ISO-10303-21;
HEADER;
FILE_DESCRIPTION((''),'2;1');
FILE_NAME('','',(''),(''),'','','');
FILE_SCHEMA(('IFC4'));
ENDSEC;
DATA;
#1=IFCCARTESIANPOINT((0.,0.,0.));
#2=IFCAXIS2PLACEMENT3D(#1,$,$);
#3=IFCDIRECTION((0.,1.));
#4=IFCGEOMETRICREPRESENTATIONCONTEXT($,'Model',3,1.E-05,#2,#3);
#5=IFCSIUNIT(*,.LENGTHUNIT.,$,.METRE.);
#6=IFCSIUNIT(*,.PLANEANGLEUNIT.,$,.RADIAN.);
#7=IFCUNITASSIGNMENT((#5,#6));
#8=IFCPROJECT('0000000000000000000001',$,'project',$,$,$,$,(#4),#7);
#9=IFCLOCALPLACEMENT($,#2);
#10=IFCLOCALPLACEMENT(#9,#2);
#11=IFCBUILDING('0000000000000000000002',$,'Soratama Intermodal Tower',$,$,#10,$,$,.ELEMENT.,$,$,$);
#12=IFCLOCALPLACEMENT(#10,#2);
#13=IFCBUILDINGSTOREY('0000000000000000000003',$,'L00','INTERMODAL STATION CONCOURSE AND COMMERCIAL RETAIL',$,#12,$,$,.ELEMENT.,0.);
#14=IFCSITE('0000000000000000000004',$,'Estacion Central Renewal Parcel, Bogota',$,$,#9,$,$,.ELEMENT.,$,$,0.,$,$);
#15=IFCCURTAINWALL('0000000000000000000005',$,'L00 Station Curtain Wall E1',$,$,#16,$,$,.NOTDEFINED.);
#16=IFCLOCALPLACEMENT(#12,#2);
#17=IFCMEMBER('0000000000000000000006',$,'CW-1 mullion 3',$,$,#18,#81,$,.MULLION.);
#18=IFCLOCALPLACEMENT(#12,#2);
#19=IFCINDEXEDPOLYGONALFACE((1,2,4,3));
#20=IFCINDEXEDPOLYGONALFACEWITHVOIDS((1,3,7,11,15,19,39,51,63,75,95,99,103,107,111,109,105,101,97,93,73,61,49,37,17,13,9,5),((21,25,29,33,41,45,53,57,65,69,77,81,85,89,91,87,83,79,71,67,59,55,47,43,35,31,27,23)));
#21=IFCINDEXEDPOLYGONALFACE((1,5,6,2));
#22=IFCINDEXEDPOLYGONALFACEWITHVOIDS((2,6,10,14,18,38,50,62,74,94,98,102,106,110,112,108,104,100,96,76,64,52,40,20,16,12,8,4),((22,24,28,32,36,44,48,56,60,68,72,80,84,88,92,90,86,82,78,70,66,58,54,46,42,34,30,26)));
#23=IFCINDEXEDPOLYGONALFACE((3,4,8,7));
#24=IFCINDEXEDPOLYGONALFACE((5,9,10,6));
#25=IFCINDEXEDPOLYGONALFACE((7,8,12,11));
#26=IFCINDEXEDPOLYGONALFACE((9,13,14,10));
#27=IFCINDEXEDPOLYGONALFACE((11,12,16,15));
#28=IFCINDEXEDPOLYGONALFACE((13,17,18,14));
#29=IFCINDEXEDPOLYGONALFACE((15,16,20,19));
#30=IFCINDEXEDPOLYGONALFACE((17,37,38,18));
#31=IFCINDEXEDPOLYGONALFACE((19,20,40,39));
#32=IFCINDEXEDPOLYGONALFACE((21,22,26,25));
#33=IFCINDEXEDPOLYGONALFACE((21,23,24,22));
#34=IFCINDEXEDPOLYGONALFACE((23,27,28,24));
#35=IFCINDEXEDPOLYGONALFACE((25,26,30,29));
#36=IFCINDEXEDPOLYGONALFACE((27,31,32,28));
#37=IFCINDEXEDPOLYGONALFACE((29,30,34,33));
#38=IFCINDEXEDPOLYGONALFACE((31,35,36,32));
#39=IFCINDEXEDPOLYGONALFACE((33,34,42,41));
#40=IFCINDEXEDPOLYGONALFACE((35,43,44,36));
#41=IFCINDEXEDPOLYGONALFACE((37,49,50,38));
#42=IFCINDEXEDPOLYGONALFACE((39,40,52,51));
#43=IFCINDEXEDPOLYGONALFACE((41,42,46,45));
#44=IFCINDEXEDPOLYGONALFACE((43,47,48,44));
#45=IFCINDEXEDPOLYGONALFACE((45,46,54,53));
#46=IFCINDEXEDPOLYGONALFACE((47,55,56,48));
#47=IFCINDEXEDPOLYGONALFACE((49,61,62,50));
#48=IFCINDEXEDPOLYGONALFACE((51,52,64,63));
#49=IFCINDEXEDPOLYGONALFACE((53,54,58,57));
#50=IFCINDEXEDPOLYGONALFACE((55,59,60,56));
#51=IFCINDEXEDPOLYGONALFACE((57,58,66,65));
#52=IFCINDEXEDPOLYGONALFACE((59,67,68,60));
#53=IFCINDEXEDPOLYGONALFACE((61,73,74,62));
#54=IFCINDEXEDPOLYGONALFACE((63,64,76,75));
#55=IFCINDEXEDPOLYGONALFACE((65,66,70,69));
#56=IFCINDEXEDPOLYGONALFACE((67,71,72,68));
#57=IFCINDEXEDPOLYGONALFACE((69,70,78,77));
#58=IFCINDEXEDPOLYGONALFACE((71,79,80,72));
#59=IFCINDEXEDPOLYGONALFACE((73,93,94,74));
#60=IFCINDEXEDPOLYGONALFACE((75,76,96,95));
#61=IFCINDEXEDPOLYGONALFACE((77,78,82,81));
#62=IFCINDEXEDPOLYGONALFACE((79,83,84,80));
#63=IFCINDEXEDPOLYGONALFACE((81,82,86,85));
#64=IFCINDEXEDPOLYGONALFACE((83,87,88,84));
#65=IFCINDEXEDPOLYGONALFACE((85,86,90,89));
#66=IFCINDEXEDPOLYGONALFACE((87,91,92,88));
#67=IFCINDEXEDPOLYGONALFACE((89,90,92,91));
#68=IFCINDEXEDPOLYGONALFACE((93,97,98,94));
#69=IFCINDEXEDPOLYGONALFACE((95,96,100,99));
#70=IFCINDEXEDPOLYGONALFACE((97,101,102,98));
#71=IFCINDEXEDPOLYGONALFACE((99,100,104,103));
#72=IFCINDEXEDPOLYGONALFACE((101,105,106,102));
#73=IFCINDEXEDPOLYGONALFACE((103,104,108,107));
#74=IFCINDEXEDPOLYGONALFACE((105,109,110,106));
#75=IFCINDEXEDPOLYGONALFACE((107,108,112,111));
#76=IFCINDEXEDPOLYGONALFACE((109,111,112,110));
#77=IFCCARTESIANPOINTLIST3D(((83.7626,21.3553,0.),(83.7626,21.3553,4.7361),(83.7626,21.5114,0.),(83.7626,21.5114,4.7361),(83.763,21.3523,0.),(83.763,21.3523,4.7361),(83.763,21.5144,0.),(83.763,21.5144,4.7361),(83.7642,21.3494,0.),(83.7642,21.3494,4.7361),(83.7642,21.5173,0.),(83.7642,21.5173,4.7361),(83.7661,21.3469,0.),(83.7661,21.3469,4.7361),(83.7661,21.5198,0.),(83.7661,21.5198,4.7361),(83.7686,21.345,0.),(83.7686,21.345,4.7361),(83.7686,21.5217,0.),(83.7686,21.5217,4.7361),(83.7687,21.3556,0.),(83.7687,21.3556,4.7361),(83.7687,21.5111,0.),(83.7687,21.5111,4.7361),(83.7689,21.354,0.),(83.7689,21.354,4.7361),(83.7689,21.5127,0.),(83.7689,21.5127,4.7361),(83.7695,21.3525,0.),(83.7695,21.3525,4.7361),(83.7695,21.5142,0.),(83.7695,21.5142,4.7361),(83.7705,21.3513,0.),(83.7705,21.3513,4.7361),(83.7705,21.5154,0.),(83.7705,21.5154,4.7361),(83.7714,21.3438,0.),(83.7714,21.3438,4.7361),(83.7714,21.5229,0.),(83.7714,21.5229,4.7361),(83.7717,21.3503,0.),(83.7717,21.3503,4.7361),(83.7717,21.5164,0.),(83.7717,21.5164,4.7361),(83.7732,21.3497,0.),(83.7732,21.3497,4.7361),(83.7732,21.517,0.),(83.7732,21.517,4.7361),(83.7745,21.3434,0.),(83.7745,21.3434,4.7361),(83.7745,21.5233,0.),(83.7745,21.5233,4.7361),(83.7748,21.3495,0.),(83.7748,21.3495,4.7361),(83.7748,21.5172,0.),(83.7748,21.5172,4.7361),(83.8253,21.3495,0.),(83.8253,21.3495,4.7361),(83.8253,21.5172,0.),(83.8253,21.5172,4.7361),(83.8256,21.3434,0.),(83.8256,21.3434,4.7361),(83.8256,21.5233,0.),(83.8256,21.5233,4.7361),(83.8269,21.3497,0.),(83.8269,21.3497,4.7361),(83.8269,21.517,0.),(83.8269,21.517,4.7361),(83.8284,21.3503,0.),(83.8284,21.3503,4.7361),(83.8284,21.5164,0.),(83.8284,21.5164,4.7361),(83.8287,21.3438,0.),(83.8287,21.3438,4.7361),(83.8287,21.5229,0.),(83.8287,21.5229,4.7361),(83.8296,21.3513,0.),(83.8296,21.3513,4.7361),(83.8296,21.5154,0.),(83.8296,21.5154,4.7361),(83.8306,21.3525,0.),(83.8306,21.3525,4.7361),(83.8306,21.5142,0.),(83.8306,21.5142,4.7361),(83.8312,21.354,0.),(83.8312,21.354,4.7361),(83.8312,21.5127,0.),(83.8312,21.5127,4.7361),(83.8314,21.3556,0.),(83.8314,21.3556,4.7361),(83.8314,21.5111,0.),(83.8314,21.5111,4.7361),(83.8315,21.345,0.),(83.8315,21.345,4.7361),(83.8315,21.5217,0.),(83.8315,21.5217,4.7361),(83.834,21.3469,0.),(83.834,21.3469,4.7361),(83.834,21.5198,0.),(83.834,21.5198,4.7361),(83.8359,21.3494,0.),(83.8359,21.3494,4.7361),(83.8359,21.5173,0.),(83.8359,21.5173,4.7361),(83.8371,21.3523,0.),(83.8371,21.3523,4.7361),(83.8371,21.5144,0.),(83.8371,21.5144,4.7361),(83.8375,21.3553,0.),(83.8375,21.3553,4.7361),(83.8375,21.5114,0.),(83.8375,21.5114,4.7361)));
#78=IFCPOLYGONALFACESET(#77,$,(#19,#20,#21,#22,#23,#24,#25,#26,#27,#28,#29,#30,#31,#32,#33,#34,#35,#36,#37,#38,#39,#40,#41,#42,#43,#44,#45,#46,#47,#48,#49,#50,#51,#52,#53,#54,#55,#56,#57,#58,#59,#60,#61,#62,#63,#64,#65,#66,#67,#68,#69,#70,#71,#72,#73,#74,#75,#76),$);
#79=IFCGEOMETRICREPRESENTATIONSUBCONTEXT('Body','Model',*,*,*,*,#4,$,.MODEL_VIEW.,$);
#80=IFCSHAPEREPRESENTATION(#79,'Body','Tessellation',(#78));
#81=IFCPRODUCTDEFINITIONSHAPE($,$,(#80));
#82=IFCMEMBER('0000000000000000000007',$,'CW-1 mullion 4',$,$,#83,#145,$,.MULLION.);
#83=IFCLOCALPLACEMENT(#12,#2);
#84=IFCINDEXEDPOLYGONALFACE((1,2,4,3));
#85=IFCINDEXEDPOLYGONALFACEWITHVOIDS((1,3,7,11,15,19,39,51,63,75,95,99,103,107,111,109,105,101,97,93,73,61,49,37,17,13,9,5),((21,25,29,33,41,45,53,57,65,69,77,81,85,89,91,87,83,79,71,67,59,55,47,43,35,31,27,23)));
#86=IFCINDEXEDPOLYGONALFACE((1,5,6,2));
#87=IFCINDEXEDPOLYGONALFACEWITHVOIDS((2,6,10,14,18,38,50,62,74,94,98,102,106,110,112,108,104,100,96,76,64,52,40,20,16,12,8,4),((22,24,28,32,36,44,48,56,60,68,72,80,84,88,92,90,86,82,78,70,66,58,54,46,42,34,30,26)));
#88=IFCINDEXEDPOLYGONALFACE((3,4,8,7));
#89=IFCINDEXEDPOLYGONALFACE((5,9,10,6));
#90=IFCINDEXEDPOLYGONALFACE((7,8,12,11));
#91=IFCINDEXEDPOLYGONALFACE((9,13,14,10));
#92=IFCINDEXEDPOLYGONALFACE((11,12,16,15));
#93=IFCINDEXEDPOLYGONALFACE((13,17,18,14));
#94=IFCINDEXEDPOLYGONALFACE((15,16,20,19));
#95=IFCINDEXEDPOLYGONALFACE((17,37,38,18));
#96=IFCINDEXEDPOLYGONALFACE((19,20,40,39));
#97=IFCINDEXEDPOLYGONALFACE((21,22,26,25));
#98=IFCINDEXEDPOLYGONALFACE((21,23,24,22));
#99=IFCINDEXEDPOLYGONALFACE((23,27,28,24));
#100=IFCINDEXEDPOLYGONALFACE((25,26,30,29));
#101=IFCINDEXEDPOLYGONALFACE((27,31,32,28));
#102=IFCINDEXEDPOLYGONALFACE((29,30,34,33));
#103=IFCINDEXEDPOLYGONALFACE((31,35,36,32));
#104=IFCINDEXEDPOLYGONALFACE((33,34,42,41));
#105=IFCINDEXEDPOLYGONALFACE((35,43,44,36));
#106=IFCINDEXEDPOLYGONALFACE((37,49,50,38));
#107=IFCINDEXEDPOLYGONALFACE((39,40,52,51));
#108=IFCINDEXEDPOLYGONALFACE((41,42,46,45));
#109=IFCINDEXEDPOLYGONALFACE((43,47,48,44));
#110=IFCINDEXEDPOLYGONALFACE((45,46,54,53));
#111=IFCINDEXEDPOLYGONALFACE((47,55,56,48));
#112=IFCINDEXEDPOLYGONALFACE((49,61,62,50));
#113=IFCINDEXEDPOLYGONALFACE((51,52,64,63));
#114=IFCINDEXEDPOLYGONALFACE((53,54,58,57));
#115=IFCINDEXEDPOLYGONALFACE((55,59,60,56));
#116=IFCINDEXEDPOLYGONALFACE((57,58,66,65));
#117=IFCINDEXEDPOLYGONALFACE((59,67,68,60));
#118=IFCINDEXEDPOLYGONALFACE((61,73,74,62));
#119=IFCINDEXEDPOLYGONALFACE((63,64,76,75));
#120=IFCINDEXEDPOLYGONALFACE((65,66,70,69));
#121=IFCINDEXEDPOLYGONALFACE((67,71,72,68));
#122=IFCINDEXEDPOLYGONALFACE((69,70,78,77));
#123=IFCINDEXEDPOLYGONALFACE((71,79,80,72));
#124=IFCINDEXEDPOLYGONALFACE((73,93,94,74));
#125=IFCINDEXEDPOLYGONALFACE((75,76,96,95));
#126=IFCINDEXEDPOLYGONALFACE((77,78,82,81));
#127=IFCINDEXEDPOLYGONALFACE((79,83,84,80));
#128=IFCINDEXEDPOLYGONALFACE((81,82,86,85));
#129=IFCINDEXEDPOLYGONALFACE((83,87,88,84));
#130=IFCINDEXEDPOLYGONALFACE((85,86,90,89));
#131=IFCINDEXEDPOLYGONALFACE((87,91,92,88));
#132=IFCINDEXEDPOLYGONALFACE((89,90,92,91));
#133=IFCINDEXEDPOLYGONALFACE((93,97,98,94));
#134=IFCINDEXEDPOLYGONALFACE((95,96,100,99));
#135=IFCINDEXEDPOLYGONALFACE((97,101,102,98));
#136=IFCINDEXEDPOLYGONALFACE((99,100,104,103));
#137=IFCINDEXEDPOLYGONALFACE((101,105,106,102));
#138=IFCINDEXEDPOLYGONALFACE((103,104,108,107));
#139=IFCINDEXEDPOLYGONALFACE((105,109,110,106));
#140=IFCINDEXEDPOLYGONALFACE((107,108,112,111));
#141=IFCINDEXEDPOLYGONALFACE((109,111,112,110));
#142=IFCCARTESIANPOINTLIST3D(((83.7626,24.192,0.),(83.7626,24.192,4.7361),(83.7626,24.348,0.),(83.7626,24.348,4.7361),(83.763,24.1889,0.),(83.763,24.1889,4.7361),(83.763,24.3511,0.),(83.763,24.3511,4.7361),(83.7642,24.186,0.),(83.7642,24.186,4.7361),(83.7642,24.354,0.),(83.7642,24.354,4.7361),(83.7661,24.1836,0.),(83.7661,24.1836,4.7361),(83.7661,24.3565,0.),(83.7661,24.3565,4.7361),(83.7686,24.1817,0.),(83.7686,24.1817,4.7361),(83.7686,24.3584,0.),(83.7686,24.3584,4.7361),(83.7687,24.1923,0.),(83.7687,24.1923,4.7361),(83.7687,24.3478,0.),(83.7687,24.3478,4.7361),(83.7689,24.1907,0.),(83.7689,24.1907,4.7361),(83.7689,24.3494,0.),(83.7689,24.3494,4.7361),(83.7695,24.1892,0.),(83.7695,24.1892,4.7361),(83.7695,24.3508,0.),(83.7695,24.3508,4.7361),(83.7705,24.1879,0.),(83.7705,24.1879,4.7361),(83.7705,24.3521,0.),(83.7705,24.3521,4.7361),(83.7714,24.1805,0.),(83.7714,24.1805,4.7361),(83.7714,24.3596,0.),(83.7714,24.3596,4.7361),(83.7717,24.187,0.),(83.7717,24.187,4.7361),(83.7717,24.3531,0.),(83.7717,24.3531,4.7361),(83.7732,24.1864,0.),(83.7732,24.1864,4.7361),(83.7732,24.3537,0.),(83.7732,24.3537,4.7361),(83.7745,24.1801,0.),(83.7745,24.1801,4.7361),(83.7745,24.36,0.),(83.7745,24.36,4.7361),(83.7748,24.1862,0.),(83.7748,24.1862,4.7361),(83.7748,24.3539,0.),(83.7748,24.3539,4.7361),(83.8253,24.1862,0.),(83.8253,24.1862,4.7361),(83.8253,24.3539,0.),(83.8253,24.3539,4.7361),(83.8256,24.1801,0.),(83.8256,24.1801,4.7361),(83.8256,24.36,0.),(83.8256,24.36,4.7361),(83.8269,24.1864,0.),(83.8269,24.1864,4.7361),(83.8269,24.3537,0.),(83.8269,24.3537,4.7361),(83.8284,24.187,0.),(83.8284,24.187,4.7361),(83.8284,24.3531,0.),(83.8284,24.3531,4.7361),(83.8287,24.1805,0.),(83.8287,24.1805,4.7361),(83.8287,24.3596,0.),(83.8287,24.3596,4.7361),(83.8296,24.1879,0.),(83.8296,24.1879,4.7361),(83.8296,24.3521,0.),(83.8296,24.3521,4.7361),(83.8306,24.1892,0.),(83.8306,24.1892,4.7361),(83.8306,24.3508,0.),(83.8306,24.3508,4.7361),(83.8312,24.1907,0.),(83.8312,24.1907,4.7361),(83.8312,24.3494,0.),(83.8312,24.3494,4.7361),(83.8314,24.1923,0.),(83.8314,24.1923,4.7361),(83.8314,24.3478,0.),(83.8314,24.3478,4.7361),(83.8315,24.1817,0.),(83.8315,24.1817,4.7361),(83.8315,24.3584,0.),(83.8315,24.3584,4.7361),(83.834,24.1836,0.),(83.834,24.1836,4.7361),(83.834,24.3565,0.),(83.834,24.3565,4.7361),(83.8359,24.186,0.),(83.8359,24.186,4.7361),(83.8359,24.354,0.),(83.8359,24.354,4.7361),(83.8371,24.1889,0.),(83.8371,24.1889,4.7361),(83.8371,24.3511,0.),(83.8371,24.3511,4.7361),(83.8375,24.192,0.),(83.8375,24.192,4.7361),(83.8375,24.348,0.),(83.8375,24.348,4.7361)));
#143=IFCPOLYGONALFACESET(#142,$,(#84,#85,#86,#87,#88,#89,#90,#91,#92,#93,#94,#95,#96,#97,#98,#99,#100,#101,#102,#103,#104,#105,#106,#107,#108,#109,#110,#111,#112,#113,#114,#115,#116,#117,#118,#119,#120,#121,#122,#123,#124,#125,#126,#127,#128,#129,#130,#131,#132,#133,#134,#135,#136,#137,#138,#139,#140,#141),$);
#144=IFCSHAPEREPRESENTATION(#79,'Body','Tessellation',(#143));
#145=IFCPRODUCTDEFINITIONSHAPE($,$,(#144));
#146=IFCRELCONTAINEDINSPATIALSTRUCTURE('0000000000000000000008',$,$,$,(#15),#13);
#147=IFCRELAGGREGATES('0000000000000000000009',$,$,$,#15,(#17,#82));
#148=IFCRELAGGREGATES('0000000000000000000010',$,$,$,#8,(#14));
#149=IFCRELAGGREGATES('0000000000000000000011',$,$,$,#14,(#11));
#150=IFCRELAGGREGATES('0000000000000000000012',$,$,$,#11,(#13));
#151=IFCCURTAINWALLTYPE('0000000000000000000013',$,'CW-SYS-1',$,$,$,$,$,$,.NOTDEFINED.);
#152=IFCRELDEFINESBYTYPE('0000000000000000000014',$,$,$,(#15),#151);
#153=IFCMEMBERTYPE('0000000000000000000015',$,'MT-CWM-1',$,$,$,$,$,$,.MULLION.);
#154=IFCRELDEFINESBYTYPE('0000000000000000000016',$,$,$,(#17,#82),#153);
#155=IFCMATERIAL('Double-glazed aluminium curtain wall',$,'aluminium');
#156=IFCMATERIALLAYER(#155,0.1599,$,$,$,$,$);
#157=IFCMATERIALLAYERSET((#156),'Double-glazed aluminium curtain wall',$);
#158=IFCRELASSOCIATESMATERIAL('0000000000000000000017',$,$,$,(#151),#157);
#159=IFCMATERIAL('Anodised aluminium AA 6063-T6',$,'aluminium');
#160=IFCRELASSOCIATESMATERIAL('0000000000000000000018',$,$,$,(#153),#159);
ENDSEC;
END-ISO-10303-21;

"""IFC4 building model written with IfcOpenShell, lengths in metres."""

from ifc_helpers import new_model, si_unit, direction, frame, origin, origin_2d, place, context, subcontext, project, spatial, hollow_rectangle, extrude, material, layer, layer_set, material_profile, profile_set, type_object, element, aggregate, save


model = new_model("IFC4")

# Units and contexts
model_context = context("Model", 3, precision=1e-05, world=origin(), true_north=direction((0.0, 1.0)))
body_context = subcontext(model_context, "Body", "Model", "MODEL_VIEW")
ifc_project = project(units=[si_unit("LENGTHUNIT", "METRE"), si_unit("PLANEANGLEUNIT", "RADIAN")], contexts=[model_context])

# Site, building, storey
site_placement = place(None, origin())
site = spatial("IfcSite", under=ifc_project, at=site_placement, Name="Estacion Central Renewal Parcel, Bogota", CompositionType="ELEMENT", RefElevation=0.0)
building_placement = place(site_placement, origin())
building = spatial("IfcBuilding", under=site, at=building_placement, Name="Soratama Intermodal Tower", CompositionType="ELEMENT")
storey_placement = place(building_placement, origin())
storey = spatial("IfcBuildingStorey", under=building, at=storey_placement, Name="L00", Description="INTERMODAL STATION CONCOURSE AND COMMERCIAL RETAIL", CompositionType="ELEMENT", Elevation=0.0)

# Curtain wall, members
ifc_material_1 = material(Name="Double-glazed aluminium curtain wall", Category="aluminium")
ifc_layer_1 = layer(ifc_material_1, 0.1599)
ifc_layer_set_1 = layer_set([ifc_layer_1], Name="Double-glazed aluminium curtain wall")
curtain_wall_type = type_object("IfcCurtainWallType", Name="CW-SYS-1", PredefinedType="NOTDEFINED", material=ifc_layer_set_1)
curtain_wall_1_placement = place(storey_placement, origin())
curtain_wall_1 = element("IfcCurtainWall", 1, at=curtain_wall_1_placement, inside=storey, type_object=curtain_wall_type, Name="L00 Station Curtain Wall E1", PredefinedType="NOTDEFINED")
ifc_material_2 = material(Name="Anodised aluminium AA 6063-T6", Category="aluminium")
ifc_material_profile_1 = material_profile(ifc_material_2, hollow_rectangle(XDim=0.075, YDim=0.1799, WallThickness=0.0061, InnerFilletRadius=0.0061, OuterFilletRadius=0.012, at=origin_2d()), Name="CWM180X75X6")
ifc_profile_set_1 = profile_set([ifc_material_profile_1], Name="Anodised aluminium AA 6063-T6")
member_type_1 = type_object("IfcMemberType", Name="MT-CWM-1", PredefinedType="MULLION", material=ifc_profile_set_1)
member_1_placement = place(storey_placement, frame((83.8, 21.4333, 0.0), z_axis=(0.0, 0.0, 1.0), x_axis=(-1.0, 0.0, 0.0)))
member_1 = element("IfcMember", 2, at=member_1_placement, type_object=member_type_1, Name="CW-1 mullion 3", PredefinedType="MULLION", context=body_context, shape_type="SweptSolid", body=[
    extrude(hollow_rectangle(XDim=0.075, YDim=0.1799, WallThickness=0.0061, InnerFilletRadius=0.0061, OuterFilletRadius=0.012, at=origin_2d()), origin(), (0.0, 0.0, 1.0), 4.7361),
])
member_2_placement = place(storey_placement, frame((83.8, 24.27, 0.0), z_axis=(0.0, 0.0, 1.0), x_axis=(-1.0, 0.0, 0.0)))
member_2 = element("IfcMember", 3, at=member_2_placement, type_object=member_type_1, Name="CW-1 mullion 4", PredefinedType="MULLION", context=body_context, shape_type="SweptSolid", body=[
    extrude(hollow_rectangle(XDim=0.075, YDim=0.1799, WallThickness=0.0061, InnerFilletRadius=0.0061, OuterFilletRadius=0.012, at=origin_2d()), origin(), (0.0, 0.0, 1.0), 4.7361),
])

aggregate(curtain_wall_1, [member_1, member_2])

save(model, "model.ifc")
